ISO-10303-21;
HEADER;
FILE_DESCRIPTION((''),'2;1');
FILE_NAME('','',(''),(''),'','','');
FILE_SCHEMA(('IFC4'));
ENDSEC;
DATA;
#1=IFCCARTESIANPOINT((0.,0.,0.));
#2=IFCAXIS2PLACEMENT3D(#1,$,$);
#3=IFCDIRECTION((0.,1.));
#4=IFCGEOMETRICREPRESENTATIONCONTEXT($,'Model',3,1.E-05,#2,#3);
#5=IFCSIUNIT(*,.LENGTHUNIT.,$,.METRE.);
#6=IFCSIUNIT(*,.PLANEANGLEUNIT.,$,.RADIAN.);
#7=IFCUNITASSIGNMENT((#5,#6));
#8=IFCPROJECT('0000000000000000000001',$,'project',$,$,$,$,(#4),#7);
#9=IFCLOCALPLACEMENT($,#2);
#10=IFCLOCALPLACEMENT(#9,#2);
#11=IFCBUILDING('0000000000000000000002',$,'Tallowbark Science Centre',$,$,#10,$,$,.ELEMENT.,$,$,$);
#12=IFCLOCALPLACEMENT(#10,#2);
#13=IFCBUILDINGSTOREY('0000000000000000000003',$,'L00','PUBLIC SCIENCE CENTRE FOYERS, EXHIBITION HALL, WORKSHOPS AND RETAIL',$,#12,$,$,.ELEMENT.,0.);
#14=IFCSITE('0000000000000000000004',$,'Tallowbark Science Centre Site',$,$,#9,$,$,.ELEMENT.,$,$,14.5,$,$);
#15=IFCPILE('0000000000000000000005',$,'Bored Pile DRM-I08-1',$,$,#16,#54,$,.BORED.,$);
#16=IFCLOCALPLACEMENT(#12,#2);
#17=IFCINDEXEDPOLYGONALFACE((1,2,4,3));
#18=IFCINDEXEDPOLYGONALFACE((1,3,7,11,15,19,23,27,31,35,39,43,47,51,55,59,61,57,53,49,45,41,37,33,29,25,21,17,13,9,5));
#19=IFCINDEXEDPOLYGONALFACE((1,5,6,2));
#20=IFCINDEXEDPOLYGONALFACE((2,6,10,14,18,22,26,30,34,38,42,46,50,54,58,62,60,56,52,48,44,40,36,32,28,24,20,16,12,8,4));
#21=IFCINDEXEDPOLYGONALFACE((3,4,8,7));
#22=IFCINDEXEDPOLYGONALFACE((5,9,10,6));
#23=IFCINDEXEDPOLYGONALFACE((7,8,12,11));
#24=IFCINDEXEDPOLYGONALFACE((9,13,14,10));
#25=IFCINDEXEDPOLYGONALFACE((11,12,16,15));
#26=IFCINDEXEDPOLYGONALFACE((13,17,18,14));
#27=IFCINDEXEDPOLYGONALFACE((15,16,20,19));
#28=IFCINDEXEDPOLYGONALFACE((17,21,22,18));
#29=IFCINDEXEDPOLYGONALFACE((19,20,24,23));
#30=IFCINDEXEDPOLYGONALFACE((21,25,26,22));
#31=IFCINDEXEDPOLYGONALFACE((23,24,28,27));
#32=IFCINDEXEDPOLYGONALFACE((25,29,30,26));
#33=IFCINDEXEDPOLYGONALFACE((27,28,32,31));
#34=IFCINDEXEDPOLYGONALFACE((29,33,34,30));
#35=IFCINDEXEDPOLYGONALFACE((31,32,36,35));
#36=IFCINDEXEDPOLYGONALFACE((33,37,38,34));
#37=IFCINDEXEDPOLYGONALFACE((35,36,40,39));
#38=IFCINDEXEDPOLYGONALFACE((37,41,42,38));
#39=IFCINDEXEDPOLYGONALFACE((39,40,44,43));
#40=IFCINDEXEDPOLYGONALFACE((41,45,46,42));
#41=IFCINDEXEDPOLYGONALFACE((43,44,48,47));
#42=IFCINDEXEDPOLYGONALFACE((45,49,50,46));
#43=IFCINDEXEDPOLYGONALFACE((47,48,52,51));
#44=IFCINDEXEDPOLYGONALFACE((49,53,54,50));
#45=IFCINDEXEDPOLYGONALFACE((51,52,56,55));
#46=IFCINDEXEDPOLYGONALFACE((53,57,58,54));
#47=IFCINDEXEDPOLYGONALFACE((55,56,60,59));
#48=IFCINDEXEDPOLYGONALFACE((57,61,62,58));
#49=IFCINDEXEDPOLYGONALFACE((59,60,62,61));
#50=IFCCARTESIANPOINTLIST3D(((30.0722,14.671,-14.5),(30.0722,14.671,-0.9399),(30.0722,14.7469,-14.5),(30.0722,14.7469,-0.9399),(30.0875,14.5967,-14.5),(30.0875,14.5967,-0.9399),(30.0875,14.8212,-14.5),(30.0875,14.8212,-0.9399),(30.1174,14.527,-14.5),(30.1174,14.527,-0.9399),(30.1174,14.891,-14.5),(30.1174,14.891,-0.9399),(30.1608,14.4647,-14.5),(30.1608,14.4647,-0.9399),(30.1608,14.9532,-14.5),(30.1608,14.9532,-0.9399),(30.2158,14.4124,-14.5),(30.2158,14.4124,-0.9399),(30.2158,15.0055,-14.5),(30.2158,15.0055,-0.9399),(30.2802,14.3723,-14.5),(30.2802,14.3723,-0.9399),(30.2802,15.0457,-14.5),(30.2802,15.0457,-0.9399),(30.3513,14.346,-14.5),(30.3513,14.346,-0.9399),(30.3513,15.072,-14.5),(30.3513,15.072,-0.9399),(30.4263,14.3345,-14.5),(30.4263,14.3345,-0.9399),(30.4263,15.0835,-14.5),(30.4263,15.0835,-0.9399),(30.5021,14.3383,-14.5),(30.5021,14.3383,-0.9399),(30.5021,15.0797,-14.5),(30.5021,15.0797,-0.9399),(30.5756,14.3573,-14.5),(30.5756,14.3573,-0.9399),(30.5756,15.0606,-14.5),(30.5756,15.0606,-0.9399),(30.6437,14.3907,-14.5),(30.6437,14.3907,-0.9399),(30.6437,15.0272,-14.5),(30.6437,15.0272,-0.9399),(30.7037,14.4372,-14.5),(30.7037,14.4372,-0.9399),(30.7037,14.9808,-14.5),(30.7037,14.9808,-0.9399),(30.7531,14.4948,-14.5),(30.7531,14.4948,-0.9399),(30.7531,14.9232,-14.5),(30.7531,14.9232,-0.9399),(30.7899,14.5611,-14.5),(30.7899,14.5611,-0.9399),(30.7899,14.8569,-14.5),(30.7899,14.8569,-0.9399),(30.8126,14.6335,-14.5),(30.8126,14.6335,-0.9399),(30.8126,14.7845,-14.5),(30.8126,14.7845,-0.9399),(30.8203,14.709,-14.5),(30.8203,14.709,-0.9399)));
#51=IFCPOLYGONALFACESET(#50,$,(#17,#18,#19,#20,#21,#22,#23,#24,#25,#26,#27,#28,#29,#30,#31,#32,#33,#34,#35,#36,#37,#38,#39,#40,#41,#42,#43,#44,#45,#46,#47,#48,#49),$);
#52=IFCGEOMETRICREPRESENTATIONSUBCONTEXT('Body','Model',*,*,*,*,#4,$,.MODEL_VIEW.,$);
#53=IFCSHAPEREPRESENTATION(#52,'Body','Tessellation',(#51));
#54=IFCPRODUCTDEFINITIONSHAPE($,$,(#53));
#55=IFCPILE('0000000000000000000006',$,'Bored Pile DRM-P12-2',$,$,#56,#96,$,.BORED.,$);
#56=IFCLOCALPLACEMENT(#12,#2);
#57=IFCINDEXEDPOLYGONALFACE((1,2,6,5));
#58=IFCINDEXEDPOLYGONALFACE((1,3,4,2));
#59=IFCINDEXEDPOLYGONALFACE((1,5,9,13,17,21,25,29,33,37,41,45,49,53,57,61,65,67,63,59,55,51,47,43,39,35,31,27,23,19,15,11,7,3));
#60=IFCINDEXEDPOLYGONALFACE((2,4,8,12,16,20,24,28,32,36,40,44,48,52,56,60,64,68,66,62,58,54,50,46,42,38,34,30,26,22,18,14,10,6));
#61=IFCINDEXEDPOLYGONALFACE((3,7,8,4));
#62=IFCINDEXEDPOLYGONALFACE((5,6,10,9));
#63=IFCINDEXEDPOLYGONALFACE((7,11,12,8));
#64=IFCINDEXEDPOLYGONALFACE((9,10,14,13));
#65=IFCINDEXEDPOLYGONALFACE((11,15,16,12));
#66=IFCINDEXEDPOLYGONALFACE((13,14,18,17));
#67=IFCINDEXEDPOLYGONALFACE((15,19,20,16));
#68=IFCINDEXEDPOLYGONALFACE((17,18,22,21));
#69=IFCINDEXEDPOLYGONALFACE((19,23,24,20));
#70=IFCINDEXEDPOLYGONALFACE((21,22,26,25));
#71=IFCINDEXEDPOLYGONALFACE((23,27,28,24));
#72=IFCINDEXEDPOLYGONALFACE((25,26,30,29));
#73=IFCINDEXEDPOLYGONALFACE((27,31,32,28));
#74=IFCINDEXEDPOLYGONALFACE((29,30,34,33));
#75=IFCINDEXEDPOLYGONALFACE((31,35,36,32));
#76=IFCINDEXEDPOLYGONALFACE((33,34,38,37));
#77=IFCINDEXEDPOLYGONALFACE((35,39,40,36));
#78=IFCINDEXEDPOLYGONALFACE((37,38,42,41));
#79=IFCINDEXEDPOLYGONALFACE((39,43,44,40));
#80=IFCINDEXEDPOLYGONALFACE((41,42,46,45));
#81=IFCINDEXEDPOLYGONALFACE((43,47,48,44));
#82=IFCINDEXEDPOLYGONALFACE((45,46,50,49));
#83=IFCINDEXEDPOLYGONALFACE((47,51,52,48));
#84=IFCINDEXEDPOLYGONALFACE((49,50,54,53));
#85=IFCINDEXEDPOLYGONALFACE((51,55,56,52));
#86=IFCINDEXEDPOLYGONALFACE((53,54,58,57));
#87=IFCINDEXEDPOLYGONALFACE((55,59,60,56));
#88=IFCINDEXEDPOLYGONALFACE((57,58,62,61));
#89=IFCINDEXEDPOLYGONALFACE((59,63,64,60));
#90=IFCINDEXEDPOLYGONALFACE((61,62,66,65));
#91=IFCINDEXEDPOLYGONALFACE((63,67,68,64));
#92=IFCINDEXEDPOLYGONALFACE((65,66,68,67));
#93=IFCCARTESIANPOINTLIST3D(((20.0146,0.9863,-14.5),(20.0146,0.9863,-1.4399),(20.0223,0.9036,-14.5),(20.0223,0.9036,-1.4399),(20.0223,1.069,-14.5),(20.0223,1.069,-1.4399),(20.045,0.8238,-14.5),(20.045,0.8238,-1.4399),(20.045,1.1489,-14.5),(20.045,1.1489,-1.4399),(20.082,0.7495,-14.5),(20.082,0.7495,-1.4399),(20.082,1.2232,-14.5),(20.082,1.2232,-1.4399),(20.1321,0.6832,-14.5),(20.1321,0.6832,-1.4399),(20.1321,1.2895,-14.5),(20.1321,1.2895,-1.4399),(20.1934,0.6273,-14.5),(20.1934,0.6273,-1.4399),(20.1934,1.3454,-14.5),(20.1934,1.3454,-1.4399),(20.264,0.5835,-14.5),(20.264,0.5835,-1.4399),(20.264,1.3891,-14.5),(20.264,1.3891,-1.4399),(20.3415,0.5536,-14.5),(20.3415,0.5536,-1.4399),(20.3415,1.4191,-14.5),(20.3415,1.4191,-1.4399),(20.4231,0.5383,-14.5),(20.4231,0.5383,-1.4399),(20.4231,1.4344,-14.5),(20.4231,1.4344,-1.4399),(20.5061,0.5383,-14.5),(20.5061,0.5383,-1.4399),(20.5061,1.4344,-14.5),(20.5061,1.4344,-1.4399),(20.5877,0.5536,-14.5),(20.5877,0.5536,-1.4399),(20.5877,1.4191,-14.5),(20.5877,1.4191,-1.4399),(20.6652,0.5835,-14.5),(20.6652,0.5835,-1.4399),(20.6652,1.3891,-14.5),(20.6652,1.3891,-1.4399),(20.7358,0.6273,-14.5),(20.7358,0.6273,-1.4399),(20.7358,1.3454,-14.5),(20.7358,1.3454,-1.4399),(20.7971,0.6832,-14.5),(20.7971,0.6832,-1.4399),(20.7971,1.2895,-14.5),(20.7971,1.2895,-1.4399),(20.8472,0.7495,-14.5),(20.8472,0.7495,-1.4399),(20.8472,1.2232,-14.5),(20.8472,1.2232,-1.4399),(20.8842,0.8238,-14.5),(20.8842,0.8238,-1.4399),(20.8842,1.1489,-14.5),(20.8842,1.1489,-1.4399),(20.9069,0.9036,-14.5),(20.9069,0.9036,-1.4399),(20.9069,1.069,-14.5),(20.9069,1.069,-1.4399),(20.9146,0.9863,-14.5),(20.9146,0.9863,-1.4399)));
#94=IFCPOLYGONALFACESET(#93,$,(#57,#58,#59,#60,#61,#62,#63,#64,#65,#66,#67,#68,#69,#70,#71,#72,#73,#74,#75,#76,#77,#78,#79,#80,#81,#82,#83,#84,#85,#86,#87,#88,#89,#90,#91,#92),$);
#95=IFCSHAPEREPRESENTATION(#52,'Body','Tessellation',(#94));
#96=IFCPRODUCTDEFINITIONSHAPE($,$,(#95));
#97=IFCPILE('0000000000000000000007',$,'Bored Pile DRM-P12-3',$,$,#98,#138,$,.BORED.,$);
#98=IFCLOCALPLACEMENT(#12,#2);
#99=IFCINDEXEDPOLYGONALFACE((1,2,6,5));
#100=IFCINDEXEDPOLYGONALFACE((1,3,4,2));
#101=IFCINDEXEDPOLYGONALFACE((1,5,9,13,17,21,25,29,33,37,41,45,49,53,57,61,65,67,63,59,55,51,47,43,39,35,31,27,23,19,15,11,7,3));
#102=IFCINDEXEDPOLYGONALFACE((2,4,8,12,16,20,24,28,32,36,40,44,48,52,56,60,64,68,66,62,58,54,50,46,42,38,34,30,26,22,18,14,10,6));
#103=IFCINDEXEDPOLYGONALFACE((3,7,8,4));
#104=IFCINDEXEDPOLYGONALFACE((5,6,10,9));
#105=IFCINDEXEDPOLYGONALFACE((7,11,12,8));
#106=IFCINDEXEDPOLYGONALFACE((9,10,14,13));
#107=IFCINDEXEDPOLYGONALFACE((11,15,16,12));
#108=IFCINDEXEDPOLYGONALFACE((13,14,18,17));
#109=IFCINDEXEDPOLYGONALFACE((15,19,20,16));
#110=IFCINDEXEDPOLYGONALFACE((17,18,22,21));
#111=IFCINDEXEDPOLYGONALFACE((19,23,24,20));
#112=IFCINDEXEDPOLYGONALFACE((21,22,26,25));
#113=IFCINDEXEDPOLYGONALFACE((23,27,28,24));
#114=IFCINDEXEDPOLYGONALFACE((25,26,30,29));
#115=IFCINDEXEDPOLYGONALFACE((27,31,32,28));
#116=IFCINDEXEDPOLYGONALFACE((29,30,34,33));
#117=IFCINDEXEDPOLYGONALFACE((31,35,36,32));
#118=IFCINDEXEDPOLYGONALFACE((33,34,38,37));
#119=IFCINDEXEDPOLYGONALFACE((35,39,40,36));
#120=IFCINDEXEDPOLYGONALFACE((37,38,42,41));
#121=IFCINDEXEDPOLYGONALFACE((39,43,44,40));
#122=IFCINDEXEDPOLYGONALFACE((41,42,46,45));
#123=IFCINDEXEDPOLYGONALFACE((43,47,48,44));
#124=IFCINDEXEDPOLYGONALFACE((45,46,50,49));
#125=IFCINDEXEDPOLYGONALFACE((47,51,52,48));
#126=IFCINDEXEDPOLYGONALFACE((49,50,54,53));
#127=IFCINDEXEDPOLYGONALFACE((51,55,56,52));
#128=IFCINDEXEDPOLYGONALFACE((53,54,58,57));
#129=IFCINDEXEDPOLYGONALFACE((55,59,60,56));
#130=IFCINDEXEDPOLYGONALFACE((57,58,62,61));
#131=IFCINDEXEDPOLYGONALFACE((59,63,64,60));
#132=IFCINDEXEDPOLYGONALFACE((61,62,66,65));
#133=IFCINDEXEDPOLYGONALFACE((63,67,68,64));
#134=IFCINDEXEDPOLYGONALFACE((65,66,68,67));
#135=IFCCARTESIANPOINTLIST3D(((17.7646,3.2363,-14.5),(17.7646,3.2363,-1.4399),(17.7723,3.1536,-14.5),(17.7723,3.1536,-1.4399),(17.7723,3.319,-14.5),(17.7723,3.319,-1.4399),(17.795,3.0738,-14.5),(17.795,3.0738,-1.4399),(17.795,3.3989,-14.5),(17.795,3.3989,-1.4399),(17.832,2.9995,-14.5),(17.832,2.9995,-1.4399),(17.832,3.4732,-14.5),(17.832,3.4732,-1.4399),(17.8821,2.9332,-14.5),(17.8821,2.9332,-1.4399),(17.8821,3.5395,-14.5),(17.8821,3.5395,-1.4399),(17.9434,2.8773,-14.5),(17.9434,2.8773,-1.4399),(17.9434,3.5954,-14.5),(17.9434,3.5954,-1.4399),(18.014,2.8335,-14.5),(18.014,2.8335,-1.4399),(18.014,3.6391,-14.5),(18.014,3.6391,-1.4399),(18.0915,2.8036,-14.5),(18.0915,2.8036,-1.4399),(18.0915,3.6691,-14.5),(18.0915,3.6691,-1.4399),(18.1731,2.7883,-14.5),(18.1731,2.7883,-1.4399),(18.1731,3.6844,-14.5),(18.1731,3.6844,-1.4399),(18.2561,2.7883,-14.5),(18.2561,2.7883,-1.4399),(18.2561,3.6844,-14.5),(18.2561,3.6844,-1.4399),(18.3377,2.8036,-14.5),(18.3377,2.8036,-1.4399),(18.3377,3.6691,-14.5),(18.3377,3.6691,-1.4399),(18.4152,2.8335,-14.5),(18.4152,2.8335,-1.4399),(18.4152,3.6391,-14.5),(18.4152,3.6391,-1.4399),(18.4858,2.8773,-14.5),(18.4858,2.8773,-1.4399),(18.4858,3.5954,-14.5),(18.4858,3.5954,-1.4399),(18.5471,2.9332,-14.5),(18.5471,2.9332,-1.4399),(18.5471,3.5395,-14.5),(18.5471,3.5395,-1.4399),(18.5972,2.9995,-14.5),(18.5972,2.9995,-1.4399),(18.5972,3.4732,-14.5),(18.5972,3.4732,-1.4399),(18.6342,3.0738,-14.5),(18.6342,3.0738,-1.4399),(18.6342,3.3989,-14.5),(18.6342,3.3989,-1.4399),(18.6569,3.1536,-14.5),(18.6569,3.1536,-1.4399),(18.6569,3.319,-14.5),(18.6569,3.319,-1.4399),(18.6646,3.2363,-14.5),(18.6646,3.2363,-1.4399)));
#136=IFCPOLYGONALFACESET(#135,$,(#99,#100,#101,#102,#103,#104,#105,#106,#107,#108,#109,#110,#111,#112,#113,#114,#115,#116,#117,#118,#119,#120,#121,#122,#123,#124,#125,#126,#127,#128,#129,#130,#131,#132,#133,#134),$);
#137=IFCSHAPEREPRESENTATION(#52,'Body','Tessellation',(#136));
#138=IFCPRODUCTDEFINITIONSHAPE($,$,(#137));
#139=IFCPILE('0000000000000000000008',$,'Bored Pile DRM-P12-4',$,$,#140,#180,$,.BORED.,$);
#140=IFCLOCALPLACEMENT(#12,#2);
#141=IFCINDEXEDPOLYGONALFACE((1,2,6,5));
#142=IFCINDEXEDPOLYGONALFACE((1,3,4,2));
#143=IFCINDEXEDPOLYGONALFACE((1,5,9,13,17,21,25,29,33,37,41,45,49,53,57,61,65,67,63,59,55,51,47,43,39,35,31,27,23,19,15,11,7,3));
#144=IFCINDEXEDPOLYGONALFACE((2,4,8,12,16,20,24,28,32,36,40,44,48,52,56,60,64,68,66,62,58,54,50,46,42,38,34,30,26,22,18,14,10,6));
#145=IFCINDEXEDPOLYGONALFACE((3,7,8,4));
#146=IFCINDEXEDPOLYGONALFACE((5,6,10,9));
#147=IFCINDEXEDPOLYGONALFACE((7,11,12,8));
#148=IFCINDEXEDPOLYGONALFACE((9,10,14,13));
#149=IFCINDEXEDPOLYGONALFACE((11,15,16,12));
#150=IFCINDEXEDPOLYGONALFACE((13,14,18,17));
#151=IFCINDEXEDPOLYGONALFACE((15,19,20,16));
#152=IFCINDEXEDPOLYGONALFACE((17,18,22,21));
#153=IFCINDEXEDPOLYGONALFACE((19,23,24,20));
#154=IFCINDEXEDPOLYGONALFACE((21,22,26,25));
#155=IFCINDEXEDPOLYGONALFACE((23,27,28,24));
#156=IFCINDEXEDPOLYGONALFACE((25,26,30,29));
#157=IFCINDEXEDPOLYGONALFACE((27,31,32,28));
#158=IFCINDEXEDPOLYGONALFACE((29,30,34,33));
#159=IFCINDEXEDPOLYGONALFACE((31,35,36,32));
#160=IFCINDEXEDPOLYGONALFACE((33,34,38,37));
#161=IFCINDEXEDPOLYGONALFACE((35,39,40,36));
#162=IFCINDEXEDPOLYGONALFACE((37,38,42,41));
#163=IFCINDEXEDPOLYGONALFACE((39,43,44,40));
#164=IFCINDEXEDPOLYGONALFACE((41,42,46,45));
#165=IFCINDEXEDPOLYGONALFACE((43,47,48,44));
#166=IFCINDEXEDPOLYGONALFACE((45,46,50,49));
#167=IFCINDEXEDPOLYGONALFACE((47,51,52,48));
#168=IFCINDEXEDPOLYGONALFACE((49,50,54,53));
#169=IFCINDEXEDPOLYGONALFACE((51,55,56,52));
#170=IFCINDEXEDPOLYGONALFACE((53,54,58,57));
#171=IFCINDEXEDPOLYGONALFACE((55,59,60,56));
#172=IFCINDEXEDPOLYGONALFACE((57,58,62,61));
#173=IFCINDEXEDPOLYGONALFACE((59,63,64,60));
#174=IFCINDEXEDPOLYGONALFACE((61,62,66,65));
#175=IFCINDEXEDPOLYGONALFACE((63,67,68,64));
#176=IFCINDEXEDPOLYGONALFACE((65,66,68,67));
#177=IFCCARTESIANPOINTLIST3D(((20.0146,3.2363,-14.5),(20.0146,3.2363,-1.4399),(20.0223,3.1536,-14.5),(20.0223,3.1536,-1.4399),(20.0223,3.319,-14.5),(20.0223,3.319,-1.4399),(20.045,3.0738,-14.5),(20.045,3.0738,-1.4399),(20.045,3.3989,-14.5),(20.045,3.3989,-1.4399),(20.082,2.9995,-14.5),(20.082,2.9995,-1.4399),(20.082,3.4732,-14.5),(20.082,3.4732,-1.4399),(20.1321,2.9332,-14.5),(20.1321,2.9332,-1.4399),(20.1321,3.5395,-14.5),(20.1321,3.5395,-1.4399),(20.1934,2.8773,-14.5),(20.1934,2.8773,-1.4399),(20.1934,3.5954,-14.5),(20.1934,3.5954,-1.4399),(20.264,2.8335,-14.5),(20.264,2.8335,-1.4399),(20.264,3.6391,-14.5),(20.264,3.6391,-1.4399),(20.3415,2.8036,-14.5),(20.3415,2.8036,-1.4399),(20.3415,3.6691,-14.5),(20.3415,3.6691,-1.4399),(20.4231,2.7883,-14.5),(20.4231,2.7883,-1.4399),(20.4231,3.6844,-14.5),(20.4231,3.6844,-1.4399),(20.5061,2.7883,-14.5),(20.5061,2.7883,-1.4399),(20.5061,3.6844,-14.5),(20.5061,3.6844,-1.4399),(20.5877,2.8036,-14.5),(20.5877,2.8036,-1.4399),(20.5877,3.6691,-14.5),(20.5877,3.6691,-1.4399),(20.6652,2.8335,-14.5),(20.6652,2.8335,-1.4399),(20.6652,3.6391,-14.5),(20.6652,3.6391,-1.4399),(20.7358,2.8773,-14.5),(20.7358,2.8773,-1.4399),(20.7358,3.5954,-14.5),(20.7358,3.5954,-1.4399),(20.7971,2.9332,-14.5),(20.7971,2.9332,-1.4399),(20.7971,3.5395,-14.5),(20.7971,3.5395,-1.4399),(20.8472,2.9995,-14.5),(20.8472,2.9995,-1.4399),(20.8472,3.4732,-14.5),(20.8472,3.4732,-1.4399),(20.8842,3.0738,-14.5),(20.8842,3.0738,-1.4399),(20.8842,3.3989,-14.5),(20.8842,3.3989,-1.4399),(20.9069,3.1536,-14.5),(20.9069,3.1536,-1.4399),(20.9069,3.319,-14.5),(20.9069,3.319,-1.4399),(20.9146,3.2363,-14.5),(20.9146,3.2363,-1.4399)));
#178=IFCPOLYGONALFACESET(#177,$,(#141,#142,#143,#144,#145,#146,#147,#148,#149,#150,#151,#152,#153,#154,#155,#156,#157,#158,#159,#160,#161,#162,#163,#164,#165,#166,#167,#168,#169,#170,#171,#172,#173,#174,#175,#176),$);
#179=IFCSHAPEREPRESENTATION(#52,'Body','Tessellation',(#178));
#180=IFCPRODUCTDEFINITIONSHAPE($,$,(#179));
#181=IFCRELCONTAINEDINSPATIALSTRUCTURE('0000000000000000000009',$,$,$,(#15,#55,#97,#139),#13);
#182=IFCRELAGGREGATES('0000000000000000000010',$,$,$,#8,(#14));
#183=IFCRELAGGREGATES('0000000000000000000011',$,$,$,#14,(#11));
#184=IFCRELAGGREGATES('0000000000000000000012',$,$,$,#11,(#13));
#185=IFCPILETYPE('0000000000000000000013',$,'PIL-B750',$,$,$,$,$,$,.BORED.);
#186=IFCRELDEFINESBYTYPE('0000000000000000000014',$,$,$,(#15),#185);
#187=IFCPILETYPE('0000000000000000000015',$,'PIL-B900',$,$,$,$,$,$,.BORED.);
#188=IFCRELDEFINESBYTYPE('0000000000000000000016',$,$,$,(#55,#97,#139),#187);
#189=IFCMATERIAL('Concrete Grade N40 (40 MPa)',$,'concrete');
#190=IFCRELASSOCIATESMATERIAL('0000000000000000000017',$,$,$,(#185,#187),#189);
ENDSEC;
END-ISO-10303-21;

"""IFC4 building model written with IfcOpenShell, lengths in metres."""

from ifc_helpers import new_model, si_unit, direction, frame, origin, origin_2d, place, context, subcontext, project, spatial, circle, extrude, material, material_profile, profile_set, type_object, element, save


model = new_model("IFC4")

# Units and contexts
model_context = context("Model", 3, precision=1e-05, world=origin(), true_north=direction((0.0, 1.0)))
body_context = subcontext(model_context, "Body", "Model", "MODEL_VIEW")
ifc_project = project(units=[si_unit("LENGTHUNIT", "METRE"), si_unit("PLANEANGLEUNIT", "RADIAN")], contexts=[model_context])

# Site, building, storey
site_placement = place(None, origin())
site = spatial("IfcSite", under=ifc_project, at=site_placement, Name="Tallowbark Science Centre Site", CompositionType="ELEMENT", RefElevation=14.5)
building_placement = place(site_placement, origin())
building = spatial("IfcBuilding", under=site, at=building_placement, Name="Tallowbark Science Centre", CompositionType="ELEMENT")
storey_placement = place(building_placement, origin())
storey = spatial("IfcBuildingStorey", under=building, at=storey_placement, Name="L00", Description="PUBLIC SCIENCE CENTRE FOYERS, EXHIBITION HALL, WORKSHOPS AND RETAIL", CompositionType="ELEMENT", Elevation=0.0)

# Shared definitions
ifc_material_1 = material(Name="Concrete Grade N40 (40 MPa)", Category="concrete")

# Piles
ifc_material_profile_1 = material_profile(ifc_material_1, circle(Radius=0.375, at=origin_2d()), Name="PILE750")
ifc_profile_set_1 = profile_set([ifc_material_profile_1], Name="Concrete Grade N40 (40 MPa)")
pile_type_1 = type_object("IfcPileType", Name="PIL-B750", PredefinedType="BORED", material=ifc_profile_set_1)
pile_1_placement = place(storey_placement, frame((30.4453, 14.709, -0.9399), z_axis=(0.0, 0.0, -1.0), x_axis=(1.0, 0.0, 0.0)))
element("IfcPile", 1, at=pile_1_placement, inside=storey, type_object=pile_type_1, Name="Bored Pile DRM-I08-1", PredefinedType="BORED", context=body_context, shape_type="SweptSolid", body=[
    extrude(circle(Radius=0.375, at=origin_2d()), origin(), (0.0, 0.0, 1.0), 13.5601),
])
ifc_material_profile_2 = material_profile(ifc_material_1, circle(Radius=0.45, at=origin_2d()), Name="PILE900")
ifc_profile_set_2 = profile_set([ifc_material_profile_2], Name="Concrete Grade N40 (40 MPa)")
pile_type_2 = type_object("IfcPileType", Name="PIL-B900", PredefinedType="BORED", material=ifc_profile_set_2)
for number, where, z_axis, x_axis, name in (
    (2, (20.4646, 0.9863, -1.4399), (0.0, 0.0, -1.0), (1.0, 0.0, 0.0), "Bored Pile DRM-P12-2"),
    (3, (18.2146, 3.2363, -1.4399), (0.0, 0.0, -1.0), (1.0, 0.0, 0.0), "Bored Pile DRM-P12-3"),
    (4, (20.4646, 3.2363, -1.4399), (0.0, 0.0, -1.0), (1.0, 0.0, 0.0), "Bored Pile DRM-P12-4"),
):
    element("IfcPile", number, at=place(storey_placement, frame(where, z_axis=z_axis, x_axis=x_axis)), inside=storey, type_object=pile_type_2, Name=name, PredefinedType="BORED", context=body_context, shape_type="SweptSolid", body=[
        extrude(circle(Radius=0.45, at=origin_2d()), origin(), (0.0, 0.0, 1.0), 13.0601),
    ])

save(model, "model.ifc")
